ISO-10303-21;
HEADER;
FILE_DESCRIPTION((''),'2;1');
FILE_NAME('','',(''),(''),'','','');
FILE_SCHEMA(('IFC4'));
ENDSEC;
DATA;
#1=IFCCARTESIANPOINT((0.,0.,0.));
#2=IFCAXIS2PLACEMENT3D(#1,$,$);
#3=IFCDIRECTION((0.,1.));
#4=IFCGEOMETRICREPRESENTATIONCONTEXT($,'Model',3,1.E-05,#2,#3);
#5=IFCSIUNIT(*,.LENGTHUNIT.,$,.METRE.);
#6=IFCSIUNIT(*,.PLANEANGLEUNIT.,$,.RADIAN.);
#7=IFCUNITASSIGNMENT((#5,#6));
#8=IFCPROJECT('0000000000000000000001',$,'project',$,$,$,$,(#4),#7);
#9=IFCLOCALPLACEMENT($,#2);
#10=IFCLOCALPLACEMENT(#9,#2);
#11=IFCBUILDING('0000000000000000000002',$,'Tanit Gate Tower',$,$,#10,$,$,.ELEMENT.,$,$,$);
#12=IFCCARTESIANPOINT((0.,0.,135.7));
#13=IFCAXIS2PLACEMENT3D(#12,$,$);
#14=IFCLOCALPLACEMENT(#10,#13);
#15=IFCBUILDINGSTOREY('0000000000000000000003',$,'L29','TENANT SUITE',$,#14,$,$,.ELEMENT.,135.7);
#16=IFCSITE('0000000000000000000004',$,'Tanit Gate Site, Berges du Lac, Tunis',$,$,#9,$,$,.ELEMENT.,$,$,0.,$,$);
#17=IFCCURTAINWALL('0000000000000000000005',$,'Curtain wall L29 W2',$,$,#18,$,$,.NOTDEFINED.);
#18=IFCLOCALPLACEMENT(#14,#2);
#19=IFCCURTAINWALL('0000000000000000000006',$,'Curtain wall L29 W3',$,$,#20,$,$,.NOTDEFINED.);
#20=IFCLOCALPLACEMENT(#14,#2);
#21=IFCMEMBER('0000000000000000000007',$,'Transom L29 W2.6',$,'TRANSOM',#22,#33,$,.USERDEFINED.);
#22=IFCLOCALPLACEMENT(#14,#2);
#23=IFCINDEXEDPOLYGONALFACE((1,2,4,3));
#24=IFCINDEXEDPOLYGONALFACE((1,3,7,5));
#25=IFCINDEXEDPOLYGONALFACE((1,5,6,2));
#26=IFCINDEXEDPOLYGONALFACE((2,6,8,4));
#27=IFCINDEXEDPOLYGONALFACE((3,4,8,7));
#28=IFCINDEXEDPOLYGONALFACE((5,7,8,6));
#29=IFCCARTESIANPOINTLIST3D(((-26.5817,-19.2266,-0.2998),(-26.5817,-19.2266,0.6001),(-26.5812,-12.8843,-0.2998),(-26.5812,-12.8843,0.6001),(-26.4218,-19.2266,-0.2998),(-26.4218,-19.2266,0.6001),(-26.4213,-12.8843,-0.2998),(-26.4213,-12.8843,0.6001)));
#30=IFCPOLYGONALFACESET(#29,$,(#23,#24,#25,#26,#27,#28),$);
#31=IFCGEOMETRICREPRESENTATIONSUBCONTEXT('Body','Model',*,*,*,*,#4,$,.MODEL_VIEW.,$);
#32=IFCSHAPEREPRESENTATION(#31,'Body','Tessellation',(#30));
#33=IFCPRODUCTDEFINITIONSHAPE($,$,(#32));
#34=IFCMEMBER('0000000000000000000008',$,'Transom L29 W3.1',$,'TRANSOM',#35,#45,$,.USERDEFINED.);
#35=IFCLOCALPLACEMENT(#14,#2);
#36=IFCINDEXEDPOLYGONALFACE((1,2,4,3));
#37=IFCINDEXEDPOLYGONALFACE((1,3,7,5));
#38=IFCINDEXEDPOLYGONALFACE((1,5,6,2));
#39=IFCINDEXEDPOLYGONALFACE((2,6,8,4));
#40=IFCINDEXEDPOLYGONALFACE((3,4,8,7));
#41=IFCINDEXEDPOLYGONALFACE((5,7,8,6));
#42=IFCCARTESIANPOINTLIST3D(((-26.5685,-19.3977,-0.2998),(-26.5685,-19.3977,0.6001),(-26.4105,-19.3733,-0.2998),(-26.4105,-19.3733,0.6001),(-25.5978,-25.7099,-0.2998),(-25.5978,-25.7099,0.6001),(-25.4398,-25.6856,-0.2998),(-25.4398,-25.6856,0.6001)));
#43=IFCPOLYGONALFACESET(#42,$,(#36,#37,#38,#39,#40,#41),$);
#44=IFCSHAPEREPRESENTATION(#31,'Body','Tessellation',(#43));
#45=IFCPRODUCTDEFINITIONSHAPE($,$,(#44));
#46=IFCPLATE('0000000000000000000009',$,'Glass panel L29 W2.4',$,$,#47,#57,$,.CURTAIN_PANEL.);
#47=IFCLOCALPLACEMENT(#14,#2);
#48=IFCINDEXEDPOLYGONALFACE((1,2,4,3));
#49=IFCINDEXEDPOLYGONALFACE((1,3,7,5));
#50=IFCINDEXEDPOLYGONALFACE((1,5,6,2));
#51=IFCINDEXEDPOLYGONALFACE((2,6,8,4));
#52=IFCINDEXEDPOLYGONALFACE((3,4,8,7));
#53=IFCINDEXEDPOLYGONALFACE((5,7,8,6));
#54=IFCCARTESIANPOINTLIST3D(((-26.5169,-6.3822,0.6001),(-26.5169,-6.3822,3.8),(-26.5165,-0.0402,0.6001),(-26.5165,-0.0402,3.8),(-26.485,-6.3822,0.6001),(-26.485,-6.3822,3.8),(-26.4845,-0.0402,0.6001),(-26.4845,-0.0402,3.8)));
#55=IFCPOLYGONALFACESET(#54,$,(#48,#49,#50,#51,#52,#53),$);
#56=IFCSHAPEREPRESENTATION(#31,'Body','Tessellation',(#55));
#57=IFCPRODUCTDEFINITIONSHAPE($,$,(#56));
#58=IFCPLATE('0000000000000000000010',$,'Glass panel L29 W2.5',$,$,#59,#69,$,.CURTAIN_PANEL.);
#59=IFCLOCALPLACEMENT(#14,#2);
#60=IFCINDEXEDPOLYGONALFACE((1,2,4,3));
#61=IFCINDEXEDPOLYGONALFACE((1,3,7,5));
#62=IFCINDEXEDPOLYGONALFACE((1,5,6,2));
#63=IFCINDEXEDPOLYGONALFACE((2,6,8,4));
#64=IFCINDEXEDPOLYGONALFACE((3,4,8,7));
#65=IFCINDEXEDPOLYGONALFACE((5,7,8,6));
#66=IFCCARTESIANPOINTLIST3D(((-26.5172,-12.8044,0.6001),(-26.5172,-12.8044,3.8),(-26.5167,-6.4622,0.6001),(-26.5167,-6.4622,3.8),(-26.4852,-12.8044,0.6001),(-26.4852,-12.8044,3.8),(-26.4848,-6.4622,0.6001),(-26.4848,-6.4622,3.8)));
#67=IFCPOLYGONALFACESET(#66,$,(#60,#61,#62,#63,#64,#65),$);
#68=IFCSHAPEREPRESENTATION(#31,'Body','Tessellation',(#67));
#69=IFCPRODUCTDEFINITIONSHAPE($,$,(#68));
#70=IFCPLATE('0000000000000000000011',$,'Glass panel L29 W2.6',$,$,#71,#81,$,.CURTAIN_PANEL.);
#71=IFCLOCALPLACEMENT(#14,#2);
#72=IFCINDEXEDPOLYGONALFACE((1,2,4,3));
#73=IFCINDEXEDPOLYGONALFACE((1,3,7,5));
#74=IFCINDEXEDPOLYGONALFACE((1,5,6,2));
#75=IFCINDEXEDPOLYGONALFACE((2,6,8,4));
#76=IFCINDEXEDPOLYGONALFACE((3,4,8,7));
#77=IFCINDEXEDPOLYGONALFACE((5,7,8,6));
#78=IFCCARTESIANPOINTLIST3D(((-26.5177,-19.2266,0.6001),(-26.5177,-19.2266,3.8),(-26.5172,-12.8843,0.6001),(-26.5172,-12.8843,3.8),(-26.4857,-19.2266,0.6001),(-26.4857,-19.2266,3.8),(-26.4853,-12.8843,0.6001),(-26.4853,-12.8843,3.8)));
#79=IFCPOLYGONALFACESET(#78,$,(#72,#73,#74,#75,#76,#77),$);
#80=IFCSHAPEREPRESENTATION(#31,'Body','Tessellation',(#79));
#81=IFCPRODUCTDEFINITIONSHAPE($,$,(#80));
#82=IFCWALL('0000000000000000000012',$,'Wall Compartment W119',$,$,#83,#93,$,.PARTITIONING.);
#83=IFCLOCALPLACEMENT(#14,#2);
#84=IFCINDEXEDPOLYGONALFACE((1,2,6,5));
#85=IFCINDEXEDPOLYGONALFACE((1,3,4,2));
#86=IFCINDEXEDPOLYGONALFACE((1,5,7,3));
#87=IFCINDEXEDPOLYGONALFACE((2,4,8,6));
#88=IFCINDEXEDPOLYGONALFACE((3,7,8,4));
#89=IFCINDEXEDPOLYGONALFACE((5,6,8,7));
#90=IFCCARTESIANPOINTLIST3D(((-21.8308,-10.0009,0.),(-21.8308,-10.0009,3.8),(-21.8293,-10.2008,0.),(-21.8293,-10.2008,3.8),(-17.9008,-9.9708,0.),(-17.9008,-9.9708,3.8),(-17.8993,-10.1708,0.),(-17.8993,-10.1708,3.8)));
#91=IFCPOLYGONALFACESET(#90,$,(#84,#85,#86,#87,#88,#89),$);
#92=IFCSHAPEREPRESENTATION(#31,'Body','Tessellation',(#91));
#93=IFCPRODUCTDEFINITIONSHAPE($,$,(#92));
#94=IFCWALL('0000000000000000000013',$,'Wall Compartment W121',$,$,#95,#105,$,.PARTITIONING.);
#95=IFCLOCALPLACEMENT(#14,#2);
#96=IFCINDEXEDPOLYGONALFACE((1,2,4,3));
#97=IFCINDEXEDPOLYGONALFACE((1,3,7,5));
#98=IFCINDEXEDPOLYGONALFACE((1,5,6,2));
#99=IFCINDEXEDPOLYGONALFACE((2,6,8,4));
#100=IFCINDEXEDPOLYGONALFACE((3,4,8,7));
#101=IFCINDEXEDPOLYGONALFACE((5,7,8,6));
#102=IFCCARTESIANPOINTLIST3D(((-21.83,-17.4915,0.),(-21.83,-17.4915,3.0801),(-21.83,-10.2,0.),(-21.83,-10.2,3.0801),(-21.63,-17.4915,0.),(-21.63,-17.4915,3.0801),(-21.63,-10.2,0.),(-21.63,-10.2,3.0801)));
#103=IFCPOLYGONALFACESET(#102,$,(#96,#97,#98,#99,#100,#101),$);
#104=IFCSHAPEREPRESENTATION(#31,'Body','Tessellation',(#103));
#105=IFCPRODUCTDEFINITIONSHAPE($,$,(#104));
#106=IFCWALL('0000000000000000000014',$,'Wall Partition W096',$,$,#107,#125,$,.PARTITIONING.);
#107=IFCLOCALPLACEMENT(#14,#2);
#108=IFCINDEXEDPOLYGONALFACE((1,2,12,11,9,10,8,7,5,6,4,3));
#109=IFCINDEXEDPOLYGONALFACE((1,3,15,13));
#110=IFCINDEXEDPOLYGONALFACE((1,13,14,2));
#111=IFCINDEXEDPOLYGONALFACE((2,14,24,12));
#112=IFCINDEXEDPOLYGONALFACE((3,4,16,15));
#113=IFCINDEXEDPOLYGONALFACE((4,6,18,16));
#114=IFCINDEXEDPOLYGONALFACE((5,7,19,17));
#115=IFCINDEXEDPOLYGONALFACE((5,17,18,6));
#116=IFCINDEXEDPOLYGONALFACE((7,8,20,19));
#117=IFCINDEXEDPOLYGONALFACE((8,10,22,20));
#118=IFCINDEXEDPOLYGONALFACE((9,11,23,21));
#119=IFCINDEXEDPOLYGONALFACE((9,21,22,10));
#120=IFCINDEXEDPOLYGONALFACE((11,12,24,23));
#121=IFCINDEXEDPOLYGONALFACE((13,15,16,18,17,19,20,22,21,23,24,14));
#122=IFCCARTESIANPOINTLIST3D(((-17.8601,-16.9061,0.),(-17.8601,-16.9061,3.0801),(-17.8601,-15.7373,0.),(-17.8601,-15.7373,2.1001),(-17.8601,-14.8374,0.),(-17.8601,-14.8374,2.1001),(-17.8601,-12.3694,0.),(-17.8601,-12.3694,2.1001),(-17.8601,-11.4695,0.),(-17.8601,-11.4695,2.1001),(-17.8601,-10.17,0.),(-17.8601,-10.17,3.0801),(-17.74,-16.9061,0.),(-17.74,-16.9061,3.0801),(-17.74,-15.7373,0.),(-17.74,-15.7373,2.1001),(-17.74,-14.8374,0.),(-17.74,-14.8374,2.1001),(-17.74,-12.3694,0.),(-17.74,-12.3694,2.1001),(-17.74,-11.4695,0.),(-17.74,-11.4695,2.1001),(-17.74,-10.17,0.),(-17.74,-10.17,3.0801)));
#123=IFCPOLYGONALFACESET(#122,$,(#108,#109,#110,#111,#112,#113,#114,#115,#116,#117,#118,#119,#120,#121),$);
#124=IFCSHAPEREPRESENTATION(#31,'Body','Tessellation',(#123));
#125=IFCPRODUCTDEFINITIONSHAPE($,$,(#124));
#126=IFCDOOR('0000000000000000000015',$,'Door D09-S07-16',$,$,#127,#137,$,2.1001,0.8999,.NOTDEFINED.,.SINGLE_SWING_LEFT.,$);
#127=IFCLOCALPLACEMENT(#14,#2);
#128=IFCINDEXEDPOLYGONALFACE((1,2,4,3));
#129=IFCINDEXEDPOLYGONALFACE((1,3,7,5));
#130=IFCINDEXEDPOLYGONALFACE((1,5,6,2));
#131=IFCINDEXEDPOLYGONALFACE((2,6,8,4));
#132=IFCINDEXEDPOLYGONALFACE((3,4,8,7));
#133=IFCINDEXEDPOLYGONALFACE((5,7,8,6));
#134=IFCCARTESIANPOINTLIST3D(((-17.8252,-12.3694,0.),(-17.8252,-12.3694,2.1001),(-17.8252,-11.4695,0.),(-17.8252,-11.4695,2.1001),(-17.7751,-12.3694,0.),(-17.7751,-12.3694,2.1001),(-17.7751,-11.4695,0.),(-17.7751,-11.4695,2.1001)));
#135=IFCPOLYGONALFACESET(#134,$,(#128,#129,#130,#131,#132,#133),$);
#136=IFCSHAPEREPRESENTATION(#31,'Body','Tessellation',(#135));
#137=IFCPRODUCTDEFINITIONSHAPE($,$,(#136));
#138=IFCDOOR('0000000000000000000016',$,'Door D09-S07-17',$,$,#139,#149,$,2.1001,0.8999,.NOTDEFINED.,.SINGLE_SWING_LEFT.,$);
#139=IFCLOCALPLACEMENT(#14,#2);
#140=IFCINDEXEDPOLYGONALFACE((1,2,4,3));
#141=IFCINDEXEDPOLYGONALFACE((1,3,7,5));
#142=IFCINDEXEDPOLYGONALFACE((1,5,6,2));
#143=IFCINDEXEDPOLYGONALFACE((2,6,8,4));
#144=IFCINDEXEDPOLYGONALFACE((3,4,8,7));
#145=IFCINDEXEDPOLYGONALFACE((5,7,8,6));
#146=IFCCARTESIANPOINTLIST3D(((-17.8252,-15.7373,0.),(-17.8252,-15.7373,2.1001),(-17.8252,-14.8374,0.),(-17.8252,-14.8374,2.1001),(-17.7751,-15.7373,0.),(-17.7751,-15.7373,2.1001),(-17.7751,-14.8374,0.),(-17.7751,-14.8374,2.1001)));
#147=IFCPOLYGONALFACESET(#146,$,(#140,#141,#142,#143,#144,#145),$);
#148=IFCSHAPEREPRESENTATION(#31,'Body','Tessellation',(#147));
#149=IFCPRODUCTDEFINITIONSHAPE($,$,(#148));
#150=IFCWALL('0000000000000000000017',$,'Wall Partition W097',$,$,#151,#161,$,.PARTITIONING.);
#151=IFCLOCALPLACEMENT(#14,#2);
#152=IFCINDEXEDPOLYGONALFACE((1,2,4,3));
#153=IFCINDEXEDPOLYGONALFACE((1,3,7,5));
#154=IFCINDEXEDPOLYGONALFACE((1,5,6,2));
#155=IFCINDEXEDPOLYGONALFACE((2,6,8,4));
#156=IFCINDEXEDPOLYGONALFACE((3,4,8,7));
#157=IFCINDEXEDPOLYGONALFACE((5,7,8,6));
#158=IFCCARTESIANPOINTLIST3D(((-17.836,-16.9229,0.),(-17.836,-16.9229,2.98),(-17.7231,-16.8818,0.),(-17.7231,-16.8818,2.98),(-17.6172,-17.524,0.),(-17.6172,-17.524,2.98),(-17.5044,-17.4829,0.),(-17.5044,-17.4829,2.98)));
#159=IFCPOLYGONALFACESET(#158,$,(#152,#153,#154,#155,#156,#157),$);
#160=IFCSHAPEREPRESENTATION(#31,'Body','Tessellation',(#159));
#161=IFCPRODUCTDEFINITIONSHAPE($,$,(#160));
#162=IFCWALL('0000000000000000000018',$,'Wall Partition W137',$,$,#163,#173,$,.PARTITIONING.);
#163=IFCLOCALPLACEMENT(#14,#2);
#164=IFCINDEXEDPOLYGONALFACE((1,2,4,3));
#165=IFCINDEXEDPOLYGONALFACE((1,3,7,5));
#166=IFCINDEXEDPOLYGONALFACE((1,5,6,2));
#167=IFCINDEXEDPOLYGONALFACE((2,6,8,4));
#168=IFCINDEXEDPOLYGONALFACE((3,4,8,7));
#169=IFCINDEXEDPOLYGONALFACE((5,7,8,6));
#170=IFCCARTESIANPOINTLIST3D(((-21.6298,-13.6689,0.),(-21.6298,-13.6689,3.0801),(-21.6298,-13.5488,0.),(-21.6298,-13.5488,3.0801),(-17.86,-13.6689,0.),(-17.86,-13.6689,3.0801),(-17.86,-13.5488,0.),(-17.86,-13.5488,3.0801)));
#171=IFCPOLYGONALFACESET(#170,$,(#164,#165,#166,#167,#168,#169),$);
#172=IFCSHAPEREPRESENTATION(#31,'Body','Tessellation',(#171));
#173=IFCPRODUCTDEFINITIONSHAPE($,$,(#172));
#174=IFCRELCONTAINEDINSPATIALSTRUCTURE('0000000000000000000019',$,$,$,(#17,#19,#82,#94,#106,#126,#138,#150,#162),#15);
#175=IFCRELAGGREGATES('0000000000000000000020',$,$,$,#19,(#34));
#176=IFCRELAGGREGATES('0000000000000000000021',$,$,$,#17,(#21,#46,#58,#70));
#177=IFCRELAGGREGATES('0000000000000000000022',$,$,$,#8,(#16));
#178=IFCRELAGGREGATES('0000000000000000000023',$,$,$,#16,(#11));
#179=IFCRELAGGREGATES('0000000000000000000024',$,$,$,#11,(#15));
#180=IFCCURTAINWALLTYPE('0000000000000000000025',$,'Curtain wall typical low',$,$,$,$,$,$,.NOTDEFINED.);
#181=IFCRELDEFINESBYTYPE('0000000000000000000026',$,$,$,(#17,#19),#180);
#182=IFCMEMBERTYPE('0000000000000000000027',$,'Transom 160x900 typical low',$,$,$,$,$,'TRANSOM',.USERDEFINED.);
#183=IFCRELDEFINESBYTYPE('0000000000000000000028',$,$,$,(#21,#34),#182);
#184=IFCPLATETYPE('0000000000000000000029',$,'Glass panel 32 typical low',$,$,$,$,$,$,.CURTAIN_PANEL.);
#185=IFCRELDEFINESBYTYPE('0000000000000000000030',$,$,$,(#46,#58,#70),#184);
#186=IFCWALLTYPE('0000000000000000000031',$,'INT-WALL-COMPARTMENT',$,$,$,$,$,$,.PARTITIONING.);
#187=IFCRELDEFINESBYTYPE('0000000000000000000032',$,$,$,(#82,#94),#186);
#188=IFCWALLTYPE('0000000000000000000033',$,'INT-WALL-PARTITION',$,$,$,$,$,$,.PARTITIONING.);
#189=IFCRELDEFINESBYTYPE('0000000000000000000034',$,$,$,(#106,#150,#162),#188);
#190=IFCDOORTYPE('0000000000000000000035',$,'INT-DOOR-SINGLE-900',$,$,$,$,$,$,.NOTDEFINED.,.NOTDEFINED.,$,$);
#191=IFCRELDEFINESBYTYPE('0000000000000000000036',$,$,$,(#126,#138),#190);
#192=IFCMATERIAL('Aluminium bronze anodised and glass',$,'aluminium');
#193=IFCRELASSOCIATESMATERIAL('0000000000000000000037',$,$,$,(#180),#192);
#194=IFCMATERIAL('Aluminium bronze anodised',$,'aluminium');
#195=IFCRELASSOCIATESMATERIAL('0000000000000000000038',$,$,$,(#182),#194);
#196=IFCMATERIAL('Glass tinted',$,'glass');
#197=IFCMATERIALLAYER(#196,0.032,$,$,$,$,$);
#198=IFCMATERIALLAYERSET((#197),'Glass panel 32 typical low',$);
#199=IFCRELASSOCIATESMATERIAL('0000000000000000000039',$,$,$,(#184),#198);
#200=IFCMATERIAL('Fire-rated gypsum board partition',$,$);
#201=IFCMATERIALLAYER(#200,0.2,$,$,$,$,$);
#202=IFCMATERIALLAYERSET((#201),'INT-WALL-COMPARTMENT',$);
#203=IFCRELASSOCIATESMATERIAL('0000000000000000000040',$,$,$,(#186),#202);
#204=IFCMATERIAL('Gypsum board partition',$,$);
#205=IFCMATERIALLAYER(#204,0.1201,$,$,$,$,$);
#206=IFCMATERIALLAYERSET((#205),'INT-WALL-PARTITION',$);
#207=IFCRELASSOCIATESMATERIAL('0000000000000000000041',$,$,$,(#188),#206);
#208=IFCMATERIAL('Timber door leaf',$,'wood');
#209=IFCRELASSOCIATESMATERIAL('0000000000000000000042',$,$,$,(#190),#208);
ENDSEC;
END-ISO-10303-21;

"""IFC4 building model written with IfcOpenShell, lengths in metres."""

from ifc_helpers import new_model, si_unit, direction, frame, frame_2d, origin, origin_2d, place, context, subcontext, project, spatial, rectangle, extrude, material, layer, layer_set, material_profile, profile_set, type_object, element, fill, aggregate, save


model = new_model("IFC4")

# Units and contexts
model_context = context("Model", 3, precision=1e-05, world=origin(), true_north=direction((0.0, 1.0)))
body_context = subcontext(model_context, "Body", "Model", "MODEL_VIEW")
ifc_project = project(units=[si_unit("LENGTHUNIT", "METRE"), si_unit("PLANEANGLEUNIT", "RADIAN")], contexts=[model_context])

# Site, building, storey
site_placement = place(None, origin())
site = spatial("IfcSite", under=ifc_project, at=site_placement, Name="Tanit Gate Site, Berges du Lac, Tunis", CompositionType="ELEMENT", RefElevation=0.0)
building_placement = place(site_placement, origin())
building = spatial("IfcBuilding", under=site, at=building_placement, Name="Tanit Gate Tower", CompositionType="ELEMENT")
storey_placement = place(building_placement, frame((0.0, 0.0, 135.7)))
storey = spatial("IfcBuildingStorey", under=building, at=storey_placement, Name="L29", Description="TENANT SUITE", CompositionType="ELEMENT", Elevation=135.7)

# Curtain wall
ifc_material_1 = material(Name="Aluminium bronze anodised and glass", Category="aluminium")
curtain_wall_type = type_object("IfcCurtainWallType", Name="Curtain wall typical low", PredefinedType="NOTDEFINED", material=ifc_material_1)
curtain_wall_1_placement = place(storey_placement, origin())
curtain_wall_1 = element("IfcCurtainWall", 1, at=curtain_wall_1_placement, inside=storey, type_object=curtain_wall_type, Name="Curtain wall L29 W2", PredefinedType="NOTDEFINED")

# Curtain wall
curtain_wall_2_placement = place(storey_placement, origin())
curtain_wall_2 = element("IfcCurtainWall", 2, at=curtain_wall_2_placement, inside=storey, type_object=curtain_wall_type, Name="Curtain wall L29 W3", PredefinedType="NOTDEFINED")

# Members
ifc_material_2 = material(Name="Aluminium bronze anodised", Category="aluminium")
ifc_material_profile_1 = material_profile(ifc_material_2, rectangle(XDim=0.1599, YDim=0.8999, at=origin_2d()), Name="160x900 bronze transom")
ifc_profile_set_1 = profile_set([ifc_material_profile_1], Name="Aluminium bronze anodised")
member_type_1 = type_object("IfcMemberType", Name="Transom 160x900 typical low", ElementType="TRANSOM", PredefinedType="USERDEFINED", material=ifc_profile_set_1)
member_1_placement = place(storey_placement, frame((-26.5012, -12.8843, 0.1501), z_axis=(-0.000077, -1.0, 0.0), x_axis=(1.0, -0.000077, 0.0)))
member_1 = element("IfcMember", 3, at=member_1_placement, type_object=member_type_1, Name="Transom L29 W2.6", ObjectType="TRANSOM", PredefinedType="USERDEFINED", context=body_context, shape_type="SweptSolid", body=[
    extrude(rectangle(XDim=0.1599, YDim=0.8999, at=origin_2d()), origin(), (0.0, 0.0, 1.0), 6.3423),
])
member_2_placement = place(storey_placement, frame((-26.4895, -19.3855, 0.1501), z_axis=(0.151994, -0.988381, 0.0), x_axis=(0.988381, 0.151994, 0.0)))
member_2 = element("IfcMember", 4, at=member_2_placement, type_object=member_type_1, Name="Transom L29 W3.1", ObjectType="TRANSOM", PredefinedType="USERDEFINED", context=body_context, shape_type="SweptSolid", body=[
    extrude(rectangle(XDim=0.1599, YDim=0.8999, at=origin_2d()), origin(), (0.0, 0.0, 1.0), 6.3865),
])
aggregate(curtain_wall_2, [member_2])

# Plates
ifc_material_3 = material(Name="Glass tinted", Category="glass")
ifc_layer_1 = layer(ifc_material_3, 0.032)
ifc_layer_set_1 = layer_set([ifc_layer_1], Name="Glass panel 32 typical low")
plate_type = type_object("IfcPlateType", Name="Glass panel 32 typical low", PredefinedType="CURTAIN_PANEL", material=ifc_layer_set_1)
plate_1_placement = place(storey_placement, frame((-26.5007, -3.2112, 0.6001), z_axis=(0.0, 0.0, 1.0), x_axis=(-0.000069, -1.0, 0.0)))
plate_1 = element("IfcPlate", 5, at=plate_1_placement, type_object=plate_type, Name="Glass panel L29 W2.4", PredefinedType="CURTAIN_PANEL", context=body_context, shape_type="SweptSolid", body=[
    extrude(rectangle(XDim=6.342, YDim=0.032, at=origin_2d()), origin(), (0.0, 0.0, 1.0), 3.2),
])
plate_2_placement = place(storey_placement, frame((-26.501, -9.6333, 0.6001), z_axis=(0.0, 0.0, 1.0), x_axis=(-0.000069, -1.0, 0.0)))
plate_2 = element("IfcPlate", 6, at=plate_2_placement, type_object=plate_type, Name="Glass panel L29 W2.5", PredefinedType="CURTAIN_PANEL", context=body_context, shape_type="SweptSolid", body=[
    extrude(rectangle(XDim=6.3423, YDim=0.032, at=origin_2d()), origin(), (0.0, 0.0, 1.0), 3.2),
])
plate_3_placement = place(storey_placement, frame((-26.5015, -16.0554, 0.6001), z_axis=(0.0, 0.0, 1.0), x_axis=(-0.000069, -1.0, 0.0)))
plate_3 = element("IfcPlate", 7, at=plate_3_placement, type_object=plate_type, Name="Glass panel L29 W2.6", PredefinedType="CURTAIN_PANEL", context=body_context, shape_type="SweptSolid", body=[
    extrude(rectangle(XDim=6.3423, YDim=0.032, at=origin_2d()), origin(), (0.0, 0.0, 1.0), 3.2),
])
aggregate(curtain_wall_1, [member_1, plate_1, plate_2, plate_3])

# Walls
ifc_material_4 = material(Name="Fire-rated gypsum board partition")
ifc_layer_2 = layer(ifc_material_4, 0.2)
ifc_layer_set_2 = layer_set([ifc_layer_2], Name="INT-WALL-COMPARTMENT")
wall_type_1 = type_object("IfcWallType", Name="INT-WALL-COMPARTMENT", PredefinedType="PARTITIONING", material=ifc_layer_set_2)
wall_1_placement = place(storey_placement, frame((-21.8301, -10.1008, 0.0), z_axis=(0.0, 0.0, 1.0), x_axis=(0.999971, 0.00764, 0.0)))
element("IfcWall", 8, at=wall_1_placement, inside=storey, type_object=wall_type_1, Name="Wall Compartment W119", PredefinedType="PARTITIONING", context=body_context, shape_type="SweptSolid", body=[
    extrude(rectangle(XDim=3.9302, YDim=0.2, at=frame_2d((1.9651, 0.0))), origin(), (0.0, 0.0, 1.0), 3.8),
])
wall_2_placement = place(storey_placement, frame((-21.73, -17.4915, 0.0), z_axis=(0.0, 0.0, 1.0), x_axis=(0.0, 1.0, 0.0)))
element("IfcWall", 9, at=wall_2_placement, inside=storey, type_object=wall_type_1, Name="Wall Compartment W121", PredefinedType="PARTITIONING", context=body_context, shape_type="SweptSolid", body=[
    extrude(rectangle(XDim=7.2915, YDim=0.2, at=frame_2d((3.6458, 0.0))), origin(), (0.0, 0.0, 1.0), 3.0801),
])

# Wall, openings, doors
ifc_material_5 = material(Name="Gypsum board partition")
ifc_layer_3 = layer(ifc_material_5, 0.1201)
ifc_layer_set_3 = layer_set([ifc_layer_3], Name="INT-WALL-PARTITION")
wall_type_2 = type_object("IfcWallType", Name="INT-WALL-PARTITION", PredefinedType="PARTITIONING", material=ifc_layer_set_3)
wall_3_placement = place(storey_placement, frame((-17.8, -10.1699, 0.0), z_axis=(0.0, 0.0, 1.0), x_axis=(0.0, -1.0, 0.0)))
wall_3 = element("IfcWall", 10, at=wall_3_placement, inside=storey, type_object=wall_type_2, Name="Wall Partition W096", PredefinedType="PARTITIONING", context=body_context, shape_type="SweptSolid", body=[
    extrude(rectangle(XDim=6.7361, YDim=0.1201, at=frame_2d((3.3682, 0.0))), origin(), (0.0, 0.0, 1.0), 3.0801),
])
opening_1_placement = place(wall_3_placement, frame((1.2996, 0.0, 0.0)))
opening_1 = element("IfcOpeningElement", 11, at=opening_1_placement, cuts=wall_3, PredefinedType="OPENING", context=body_context, shape_type="SweptSolid", body=[
    extrude(rectangle(XDim=0.8999, YDim=2.1001, at=frame_2d((0.45, 1.05))), frame((0.0, 0.0701, 0.0), z_axis=(0.0, -1.0, 0.0), x_axis=(1.0, 0.0, 0.0)), (0.0, 0.0, 1.0), 0.1401),
])
opening_2_placement = place(wall_3_placement, frame((4.6675, 0.0, 0.0)))
opening_2 = element("IfcOpeningElement", 12, at=opening_2_placement, cuts=wall_3, PredefinedType="OPENING", context=body_context, shape_type="SweptSolid", body=[
    extrude(rectangle(XDim=0.8999, YDim=2.1001, at=frame_2d((0.45, 1.05))), frame((0.0, 0.0701, 0.0), z_axis=(0.0, -1.0, 0.0), x_axis=(1.0, 0.0, 0.0)), (0.0, 0.0, 1.0), 0.1401),
])
ifc_material_6 = material(Name="Timber door leaf", Category="wood")
door_type = type_object("IfcDoorType", Name="INT-DOOR-SINGLE-900", OperationType="NOTDEFINED", PredefinedType="NOTDEFINED", material=ifc_material_6)
door_1_placement = place(opening_1_placement, origin())
door_1 = element("IfcDoor", 13, at=door_1_placement, inside=storey, type_object=door_type, Name="Door D09-S07-16", OperationType="SINGLE_SWING_LEFT", OverallHeight=2.1001, OverallWidth=0.8999, PredefinedType="NOTDEFINED", context=body_context, shape_type="SweptSolid", body=[
    extrude(rectangle(XDim=0.8999, YDim=2.1001, at=frame_2d((0.45, 1.05))), frame((0.0, 0.0249, 0.0), z_axis=(0.0, -1.0, 0.0), x_axis=(1.0, 0.0, 0.0)), (0.0, 0.0, 1.0), 0.05),
])
fill(opening_1, door_1)
door_2_placement = place(opening_2_placement, origin())
door_2 = element("IfcDoor", 14, at=door_2_placement, inside=storey, type_object=door_type, Name="Door D09-S07-17", OperationType="SINGLE_SWING_LEFT", OverallHeight=2.1001, OverallWidth=0.8999, PredefinedType="NOTDEFINED", context=body_context, shape_type="SweptSolid", body=[
    extrude(rectangle(XDim=0.8999, YDim=2.1001, at=frame_2d((0.45, 1.05))), frame((0.0, 0.0249, 0.0), z_axis=(0.0, -1.0, 0.0), x_axis=(1.0, 0.0, 0.0)), (0.0, 0.0, 1.0), 0.05),
])
fill(opening_2, door_2)

# Walls
wall_4_placement = place(storey_placement, frame((-17.7795, -16.9023, 0.0), z_axis=(0.0, 0.0, 1.0), x_axis=(0.341988, -0.939704, 0.0)))
element("IfcWall", 15, at=wall_4_placement, inside=storey, type_object=wall_type_2, Name="Wall Partition W097", PredefinedType="PARTITIONING", context=body_context, shape_type="SweptSolid", body=[
    extrude(rectangle(XDim=0.6396, YDim=0.1201, at=frame_2d((0.3198, 0.0))), origin(), (0.0, 0.0, 1.0), 2.98),
])
wall_5_placement = place(storey_placement, frame((-17.8601, -13.6089, 0.0), z_axis=(0.0, 0.0, 1.0), x_axis=(-1.0, 0.0, 0.0)))
element("IfcWall", 16, at=wall_5_placement, inside=storey, type_object=wall_type_2, Name="Wall Partition W137", PredefinedType="PARTITIONING", context=body_context, shape_type="SweptSolid", body=[
    extrude(rectangle(XDim=3.7698, YDim=0.1201, at=frame_2d((1.8848, 0.0))), origin(), (0.0, 0.0, 1.0), 3.0801),
])

save(model, "model.ifc")
